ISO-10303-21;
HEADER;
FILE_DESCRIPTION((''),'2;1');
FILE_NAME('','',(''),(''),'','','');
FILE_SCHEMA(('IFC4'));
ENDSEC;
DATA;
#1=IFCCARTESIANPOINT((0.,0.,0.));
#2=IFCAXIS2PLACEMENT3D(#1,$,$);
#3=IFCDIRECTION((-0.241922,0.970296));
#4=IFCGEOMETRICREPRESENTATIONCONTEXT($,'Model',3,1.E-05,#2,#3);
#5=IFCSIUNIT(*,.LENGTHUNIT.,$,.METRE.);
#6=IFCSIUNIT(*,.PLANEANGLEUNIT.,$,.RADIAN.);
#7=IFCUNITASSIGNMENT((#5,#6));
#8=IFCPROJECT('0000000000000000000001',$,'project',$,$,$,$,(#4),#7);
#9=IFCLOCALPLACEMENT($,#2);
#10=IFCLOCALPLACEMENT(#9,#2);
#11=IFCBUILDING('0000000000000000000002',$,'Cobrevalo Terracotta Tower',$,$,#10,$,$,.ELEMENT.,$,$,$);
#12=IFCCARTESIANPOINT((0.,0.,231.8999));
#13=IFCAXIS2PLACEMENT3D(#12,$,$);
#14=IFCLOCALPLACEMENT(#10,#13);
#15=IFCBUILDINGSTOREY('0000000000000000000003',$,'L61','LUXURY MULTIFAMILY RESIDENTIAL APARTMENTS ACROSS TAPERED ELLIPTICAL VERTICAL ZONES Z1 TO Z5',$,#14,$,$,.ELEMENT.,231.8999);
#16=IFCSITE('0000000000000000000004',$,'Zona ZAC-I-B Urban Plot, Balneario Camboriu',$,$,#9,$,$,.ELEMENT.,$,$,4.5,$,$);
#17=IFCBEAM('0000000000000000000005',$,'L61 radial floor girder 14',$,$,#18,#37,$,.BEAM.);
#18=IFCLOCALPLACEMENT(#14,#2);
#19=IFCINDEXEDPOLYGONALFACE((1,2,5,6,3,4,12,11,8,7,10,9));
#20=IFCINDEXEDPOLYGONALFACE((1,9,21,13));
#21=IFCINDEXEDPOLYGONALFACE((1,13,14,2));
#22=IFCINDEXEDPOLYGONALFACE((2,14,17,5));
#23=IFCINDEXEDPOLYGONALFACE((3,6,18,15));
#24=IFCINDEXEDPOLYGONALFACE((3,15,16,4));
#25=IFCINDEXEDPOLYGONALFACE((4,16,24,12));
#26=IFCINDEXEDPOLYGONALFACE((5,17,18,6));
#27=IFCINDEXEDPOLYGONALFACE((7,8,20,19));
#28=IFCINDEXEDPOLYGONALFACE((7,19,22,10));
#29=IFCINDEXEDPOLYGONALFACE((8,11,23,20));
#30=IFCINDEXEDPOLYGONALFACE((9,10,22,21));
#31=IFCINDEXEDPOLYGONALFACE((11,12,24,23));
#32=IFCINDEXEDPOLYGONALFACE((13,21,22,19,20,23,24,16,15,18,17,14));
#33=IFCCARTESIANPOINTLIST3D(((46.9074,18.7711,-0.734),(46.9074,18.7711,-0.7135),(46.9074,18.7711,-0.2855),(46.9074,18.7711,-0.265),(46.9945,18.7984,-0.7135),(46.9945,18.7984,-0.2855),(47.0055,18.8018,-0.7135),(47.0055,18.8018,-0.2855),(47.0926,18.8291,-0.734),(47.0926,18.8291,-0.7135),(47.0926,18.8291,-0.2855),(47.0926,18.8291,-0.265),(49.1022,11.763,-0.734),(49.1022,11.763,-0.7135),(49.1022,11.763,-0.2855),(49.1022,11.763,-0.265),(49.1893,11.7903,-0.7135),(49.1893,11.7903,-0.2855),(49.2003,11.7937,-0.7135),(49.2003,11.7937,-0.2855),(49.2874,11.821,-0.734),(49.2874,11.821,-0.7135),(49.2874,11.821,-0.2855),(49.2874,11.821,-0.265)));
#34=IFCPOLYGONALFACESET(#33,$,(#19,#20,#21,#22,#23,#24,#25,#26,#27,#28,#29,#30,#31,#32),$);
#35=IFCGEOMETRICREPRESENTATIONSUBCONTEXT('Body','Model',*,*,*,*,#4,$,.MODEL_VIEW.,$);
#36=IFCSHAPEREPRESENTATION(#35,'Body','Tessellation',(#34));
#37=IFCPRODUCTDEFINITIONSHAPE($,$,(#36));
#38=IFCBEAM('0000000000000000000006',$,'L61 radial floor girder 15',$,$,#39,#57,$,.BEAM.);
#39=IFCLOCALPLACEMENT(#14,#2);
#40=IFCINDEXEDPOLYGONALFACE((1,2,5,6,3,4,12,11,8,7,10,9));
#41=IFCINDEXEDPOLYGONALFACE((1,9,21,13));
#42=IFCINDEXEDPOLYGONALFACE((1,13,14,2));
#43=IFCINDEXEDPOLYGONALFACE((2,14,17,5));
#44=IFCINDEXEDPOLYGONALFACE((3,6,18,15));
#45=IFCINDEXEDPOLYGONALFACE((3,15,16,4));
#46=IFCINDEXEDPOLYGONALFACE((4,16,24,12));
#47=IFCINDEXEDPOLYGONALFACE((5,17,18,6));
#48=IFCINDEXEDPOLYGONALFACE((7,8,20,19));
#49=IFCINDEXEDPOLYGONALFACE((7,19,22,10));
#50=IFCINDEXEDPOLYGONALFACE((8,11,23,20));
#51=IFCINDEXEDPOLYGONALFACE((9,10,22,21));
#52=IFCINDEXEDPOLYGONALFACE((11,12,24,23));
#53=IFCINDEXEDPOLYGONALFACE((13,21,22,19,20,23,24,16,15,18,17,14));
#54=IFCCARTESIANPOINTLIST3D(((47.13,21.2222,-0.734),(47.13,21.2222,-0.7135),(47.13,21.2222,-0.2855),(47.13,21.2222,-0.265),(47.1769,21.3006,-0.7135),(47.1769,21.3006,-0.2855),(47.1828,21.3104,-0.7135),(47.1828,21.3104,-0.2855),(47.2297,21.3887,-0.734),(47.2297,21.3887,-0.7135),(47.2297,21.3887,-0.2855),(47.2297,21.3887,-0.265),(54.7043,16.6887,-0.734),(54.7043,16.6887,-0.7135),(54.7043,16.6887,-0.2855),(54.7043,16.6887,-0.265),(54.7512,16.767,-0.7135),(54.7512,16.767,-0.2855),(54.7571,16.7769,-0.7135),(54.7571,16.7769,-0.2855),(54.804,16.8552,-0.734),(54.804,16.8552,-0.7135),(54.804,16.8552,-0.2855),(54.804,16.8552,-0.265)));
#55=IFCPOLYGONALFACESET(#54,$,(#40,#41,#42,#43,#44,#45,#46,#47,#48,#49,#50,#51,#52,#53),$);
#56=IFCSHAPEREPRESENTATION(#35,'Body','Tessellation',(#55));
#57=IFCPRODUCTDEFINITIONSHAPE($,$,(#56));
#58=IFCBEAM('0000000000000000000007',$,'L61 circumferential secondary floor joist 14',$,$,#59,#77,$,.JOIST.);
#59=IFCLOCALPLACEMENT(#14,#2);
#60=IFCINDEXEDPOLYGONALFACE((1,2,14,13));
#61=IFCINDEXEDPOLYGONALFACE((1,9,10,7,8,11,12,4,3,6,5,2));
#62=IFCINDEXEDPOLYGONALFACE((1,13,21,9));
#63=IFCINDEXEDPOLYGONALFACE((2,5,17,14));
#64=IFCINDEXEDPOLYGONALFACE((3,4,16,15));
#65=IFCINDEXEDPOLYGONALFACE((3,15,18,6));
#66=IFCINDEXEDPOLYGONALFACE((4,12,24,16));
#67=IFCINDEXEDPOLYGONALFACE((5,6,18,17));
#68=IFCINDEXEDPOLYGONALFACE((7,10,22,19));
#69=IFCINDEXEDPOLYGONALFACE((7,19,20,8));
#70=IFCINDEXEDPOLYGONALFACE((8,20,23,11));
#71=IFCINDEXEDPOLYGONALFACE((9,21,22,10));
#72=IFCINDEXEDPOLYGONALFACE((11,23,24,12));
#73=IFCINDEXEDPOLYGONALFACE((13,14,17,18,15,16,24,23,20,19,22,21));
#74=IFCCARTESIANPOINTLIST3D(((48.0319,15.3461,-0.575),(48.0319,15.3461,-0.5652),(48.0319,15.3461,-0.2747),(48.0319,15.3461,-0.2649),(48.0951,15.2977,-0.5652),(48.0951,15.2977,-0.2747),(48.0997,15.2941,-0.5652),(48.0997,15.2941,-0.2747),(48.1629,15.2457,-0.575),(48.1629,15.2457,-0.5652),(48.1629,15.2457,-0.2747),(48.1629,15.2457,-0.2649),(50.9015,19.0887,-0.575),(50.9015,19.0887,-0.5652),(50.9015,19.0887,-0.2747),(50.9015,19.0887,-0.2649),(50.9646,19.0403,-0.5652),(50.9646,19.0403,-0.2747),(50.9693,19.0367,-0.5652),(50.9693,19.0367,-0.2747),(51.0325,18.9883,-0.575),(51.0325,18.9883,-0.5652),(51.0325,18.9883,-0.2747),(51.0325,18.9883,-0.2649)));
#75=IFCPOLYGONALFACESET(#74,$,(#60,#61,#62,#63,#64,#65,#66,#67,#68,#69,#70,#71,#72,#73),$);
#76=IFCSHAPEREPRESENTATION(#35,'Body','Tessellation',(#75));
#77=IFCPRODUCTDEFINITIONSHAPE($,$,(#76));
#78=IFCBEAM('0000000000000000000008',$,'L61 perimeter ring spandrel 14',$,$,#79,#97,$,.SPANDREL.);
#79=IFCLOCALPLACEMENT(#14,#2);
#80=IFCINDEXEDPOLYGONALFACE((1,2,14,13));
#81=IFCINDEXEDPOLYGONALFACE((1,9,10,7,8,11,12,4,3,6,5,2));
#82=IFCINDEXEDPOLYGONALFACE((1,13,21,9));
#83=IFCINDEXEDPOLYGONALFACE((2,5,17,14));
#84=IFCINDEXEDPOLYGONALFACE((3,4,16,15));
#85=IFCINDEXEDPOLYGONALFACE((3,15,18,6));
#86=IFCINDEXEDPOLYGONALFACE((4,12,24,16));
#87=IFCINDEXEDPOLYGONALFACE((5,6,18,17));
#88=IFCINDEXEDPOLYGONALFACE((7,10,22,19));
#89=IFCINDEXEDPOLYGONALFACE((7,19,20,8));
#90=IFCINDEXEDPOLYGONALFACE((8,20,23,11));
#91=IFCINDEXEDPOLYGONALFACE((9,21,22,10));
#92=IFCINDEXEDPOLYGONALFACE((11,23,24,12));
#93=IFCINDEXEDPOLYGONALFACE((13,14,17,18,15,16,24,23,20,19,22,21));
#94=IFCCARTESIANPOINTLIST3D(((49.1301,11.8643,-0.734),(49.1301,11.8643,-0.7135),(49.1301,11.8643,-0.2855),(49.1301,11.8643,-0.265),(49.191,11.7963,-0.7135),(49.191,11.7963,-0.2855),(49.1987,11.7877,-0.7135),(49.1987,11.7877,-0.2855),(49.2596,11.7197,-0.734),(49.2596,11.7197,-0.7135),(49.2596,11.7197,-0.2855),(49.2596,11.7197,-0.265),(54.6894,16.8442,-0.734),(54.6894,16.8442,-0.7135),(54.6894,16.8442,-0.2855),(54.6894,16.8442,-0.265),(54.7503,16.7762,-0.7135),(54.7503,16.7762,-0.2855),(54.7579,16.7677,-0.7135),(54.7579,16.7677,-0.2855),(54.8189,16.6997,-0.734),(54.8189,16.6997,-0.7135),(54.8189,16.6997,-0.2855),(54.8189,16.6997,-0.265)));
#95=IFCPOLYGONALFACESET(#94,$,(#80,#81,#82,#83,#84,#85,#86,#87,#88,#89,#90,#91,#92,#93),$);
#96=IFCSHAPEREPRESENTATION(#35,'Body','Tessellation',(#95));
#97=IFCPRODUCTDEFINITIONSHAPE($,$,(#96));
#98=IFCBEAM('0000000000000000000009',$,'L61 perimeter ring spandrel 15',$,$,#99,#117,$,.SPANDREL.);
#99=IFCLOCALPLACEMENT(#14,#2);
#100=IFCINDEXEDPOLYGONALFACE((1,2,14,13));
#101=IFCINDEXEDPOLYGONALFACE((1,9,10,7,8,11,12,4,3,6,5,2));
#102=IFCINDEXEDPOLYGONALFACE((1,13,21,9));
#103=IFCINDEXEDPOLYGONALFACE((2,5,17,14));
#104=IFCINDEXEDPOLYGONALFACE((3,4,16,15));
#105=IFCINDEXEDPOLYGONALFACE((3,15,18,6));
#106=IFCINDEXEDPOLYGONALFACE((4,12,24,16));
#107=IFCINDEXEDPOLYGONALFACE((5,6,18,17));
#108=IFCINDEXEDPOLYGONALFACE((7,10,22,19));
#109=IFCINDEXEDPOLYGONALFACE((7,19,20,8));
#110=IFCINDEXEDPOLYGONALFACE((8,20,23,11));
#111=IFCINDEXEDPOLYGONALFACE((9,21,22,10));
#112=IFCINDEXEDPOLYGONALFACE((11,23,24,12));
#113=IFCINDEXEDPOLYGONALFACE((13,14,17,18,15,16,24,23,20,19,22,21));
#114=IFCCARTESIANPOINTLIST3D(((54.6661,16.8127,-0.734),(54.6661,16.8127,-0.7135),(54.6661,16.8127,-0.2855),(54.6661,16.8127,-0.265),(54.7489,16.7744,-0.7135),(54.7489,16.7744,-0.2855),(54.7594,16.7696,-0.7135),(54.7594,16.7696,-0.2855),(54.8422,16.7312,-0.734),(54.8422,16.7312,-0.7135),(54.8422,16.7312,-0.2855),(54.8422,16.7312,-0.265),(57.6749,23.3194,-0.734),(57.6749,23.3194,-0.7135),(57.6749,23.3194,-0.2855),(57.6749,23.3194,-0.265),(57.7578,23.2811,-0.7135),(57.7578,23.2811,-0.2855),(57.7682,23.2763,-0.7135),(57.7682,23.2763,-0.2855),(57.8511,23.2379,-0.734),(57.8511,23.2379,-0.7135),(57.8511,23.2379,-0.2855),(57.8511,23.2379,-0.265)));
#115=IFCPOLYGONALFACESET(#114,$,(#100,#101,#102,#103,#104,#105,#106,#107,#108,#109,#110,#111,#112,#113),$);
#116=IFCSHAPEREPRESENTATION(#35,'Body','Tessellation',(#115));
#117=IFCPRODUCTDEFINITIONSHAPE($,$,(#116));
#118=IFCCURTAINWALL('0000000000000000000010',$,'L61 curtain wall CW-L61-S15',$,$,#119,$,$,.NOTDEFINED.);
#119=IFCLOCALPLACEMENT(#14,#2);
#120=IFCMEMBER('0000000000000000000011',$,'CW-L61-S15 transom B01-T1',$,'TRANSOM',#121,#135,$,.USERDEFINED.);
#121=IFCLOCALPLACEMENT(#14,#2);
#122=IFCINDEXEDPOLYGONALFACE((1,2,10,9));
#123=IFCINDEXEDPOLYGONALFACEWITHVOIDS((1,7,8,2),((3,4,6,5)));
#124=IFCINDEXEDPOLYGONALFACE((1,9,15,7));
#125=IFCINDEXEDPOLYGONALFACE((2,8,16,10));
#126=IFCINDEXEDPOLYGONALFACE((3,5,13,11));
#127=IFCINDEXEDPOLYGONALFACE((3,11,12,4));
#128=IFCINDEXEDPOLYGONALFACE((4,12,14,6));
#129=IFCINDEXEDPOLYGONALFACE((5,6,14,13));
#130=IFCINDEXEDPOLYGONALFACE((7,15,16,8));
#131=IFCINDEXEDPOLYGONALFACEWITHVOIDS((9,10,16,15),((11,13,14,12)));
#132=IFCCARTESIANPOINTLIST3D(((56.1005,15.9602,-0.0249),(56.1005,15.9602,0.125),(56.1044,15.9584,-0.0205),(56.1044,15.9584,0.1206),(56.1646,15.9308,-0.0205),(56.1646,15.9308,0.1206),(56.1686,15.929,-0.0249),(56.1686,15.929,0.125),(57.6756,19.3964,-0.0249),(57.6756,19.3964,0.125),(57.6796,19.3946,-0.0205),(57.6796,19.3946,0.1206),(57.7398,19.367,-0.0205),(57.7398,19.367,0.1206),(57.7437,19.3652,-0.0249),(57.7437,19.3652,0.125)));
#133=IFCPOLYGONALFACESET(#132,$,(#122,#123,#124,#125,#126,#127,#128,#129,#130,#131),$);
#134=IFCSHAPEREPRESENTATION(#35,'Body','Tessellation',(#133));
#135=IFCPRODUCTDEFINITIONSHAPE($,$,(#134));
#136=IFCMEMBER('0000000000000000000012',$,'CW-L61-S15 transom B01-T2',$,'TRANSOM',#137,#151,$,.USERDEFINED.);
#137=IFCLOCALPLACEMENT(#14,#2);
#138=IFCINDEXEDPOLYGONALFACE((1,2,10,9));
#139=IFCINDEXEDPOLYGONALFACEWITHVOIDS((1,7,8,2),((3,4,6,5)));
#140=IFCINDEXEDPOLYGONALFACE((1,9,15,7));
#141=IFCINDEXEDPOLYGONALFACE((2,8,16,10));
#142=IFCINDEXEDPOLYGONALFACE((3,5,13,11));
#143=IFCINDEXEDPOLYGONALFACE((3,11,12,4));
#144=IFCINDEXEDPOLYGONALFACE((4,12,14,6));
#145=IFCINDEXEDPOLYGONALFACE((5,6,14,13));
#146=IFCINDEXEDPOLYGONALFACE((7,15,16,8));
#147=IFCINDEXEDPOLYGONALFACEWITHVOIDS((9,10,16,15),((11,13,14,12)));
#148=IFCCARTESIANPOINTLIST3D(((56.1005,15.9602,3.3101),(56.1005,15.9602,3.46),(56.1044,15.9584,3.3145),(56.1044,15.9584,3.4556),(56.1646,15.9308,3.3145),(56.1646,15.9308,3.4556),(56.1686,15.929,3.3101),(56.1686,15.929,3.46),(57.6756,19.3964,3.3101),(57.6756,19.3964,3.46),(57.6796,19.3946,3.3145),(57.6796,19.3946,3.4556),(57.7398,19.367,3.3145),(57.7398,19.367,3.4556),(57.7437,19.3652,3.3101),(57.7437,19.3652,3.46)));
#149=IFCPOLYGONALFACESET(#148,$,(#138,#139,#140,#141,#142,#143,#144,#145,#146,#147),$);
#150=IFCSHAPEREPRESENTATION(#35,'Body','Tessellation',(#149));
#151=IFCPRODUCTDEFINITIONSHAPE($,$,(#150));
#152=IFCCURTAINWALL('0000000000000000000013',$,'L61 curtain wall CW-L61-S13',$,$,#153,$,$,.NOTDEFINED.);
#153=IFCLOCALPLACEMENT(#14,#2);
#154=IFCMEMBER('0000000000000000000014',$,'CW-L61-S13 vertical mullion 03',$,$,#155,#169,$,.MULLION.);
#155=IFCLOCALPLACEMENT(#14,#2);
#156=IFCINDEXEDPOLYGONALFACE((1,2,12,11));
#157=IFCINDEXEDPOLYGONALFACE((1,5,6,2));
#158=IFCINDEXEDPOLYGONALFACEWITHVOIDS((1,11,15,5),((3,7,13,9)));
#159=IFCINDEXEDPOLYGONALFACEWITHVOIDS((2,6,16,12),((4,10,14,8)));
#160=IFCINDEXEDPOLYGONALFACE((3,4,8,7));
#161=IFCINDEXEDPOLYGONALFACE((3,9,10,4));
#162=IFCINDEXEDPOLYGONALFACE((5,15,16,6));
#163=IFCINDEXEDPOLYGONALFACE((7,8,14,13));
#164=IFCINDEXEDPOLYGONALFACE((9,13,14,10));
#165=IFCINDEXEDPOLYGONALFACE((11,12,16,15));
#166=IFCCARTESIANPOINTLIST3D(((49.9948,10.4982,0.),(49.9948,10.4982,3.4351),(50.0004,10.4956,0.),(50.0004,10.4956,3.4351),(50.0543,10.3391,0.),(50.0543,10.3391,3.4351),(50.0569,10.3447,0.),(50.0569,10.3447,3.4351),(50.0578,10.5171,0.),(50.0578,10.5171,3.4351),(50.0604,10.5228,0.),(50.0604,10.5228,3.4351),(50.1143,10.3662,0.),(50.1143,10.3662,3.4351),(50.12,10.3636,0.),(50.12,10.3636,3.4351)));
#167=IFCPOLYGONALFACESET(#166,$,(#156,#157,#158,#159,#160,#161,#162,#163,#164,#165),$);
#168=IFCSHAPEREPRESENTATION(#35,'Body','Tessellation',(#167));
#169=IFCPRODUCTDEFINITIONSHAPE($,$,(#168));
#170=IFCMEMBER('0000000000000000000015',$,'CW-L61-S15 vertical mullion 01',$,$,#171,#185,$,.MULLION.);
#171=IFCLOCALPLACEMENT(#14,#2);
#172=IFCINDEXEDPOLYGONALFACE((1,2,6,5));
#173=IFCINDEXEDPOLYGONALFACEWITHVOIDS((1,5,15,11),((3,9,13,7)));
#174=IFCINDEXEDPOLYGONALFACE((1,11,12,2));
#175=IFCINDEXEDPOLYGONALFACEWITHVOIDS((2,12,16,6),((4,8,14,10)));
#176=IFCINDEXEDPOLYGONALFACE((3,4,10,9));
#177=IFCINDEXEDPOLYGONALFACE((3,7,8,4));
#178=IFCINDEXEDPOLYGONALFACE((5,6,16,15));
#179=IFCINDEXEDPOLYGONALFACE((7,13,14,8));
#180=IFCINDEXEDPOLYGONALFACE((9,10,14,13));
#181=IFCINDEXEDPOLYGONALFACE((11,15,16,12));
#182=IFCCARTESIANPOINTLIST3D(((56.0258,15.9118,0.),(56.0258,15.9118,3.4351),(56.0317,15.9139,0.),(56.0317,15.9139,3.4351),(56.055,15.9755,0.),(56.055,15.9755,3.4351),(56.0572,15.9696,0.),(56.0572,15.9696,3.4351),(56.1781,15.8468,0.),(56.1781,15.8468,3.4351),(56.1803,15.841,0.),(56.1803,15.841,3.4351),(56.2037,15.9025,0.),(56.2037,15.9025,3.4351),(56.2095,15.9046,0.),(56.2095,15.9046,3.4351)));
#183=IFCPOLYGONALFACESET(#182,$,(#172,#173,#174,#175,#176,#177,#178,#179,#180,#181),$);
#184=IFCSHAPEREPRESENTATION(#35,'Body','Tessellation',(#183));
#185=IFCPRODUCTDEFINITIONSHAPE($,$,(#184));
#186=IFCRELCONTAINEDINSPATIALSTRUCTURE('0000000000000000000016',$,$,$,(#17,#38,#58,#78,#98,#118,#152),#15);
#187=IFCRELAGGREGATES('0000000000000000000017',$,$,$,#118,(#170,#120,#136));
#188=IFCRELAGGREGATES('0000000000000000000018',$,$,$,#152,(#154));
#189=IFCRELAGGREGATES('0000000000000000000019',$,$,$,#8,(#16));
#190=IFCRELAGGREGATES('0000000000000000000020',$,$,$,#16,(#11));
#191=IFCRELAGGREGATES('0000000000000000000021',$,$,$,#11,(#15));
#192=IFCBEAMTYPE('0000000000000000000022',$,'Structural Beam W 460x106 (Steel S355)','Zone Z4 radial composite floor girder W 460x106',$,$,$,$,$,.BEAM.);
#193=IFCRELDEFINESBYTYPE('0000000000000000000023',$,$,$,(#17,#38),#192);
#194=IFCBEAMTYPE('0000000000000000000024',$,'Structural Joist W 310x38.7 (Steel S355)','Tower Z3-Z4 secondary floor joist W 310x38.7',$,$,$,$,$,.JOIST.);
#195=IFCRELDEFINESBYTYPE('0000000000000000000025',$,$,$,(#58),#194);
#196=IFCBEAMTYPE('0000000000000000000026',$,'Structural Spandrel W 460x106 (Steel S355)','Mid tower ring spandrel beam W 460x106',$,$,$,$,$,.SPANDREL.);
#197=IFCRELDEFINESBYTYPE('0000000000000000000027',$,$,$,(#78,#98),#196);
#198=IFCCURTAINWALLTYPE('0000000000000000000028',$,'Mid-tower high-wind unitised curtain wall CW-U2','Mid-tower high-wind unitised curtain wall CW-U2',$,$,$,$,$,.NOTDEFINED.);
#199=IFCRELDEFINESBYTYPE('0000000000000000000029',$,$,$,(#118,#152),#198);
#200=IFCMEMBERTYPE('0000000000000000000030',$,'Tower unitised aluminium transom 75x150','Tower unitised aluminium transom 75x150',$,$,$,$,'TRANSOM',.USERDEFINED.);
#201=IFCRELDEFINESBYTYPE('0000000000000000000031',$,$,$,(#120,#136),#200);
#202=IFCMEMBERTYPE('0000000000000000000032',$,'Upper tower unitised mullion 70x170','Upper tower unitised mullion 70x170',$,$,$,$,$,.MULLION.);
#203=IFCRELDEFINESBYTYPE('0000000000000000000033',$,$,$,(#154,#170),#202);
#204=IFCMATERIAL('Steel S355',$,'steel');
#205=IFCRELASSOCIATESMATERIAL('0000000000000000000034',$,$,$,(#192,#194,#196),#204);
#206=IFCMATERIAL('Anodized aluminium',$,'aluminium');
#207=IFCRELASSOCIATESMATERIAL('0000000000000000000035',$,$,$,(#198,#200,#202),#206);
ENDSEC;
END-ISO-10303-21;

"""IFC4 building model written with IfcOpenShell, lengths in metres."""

from ifc_helpers import new_model, si_unit, direction, frame, origin, origin_2d, place, context, subcontext, project, spatial, hollow_rectangle, i_section, extrude, source, transform, mapped, material, material_profile, profile_set, type_object, element, aggregate, save


model = new_model("IFC4")

# Units and contexts
model_context = context("Model", 3, precision=1e-05, world=origin(), true_north=direction((-0.241922, 0.970296)))
body_context = subcontext(model_context, "Body", "Model", "MODEL_VIEW")
ifc_project = project(units=[si_unit("LENGTHUNIT", "METRE"), si_unit("PLANEANGLEUNIT", "RADIAN")], contexts=[model_context])

# Site, building, storey
site_placement = place(None, origin())
site = spatial("IfcSite", under=ifc_project, at=site_placement, Name="Zona ZAC-I-B Urban Plot, Balneario Camboriu", CompositionType="ELEMENT", RefElevation=4.5)
building_placement = place(site_placement, origin())
building = spatial("IfcBuilding", under=site, at=building_placement, Name="Cobrevalo Terracotta Tower", CompositionType="ELEMENT")
storey_placement = place(building_placement, frame((0.0, 0.0, 231.8999)))
storey = spatial("IfcBuildingStorey", under=building, at=storey_placement, Name="L61", Description="LUXURY MULTIFAMILY RESIDENTIAL APARTMENTS ACROSS TAPERED ELLIPTICAL VERTICAL ZONES Z1 TO Z5", CompositionType="ELEMENT", Elevation=231.8999)

# Shared definitions
ifc_material_1 = material(Name="Steel S355", Category="steel")

# Beams
ifc_material_profile_1 = material_profile(ifc_material_1, i_section(OverallWidth=0.1941, OverallDepth=0.469, WebThickness=0.0115, FlangeThickness=0.0205, at=origin_2d()), Name="W 460x106")
ifc_profile_set_1 = profile_set([ifc_material_profile_1], Name="Steel S355")
beam_type_1 = type_object("IfcBeamType", Name="Structural Beam W 460x106 (Steel S355)", Description="Zone Z4 radial composite floor girder W 460x106", PredefinedType="BEAM", material=ifc_profile_set_1)
beam_1_placement = place(storey_placement, frame((49.1948, 11.792, -0.4995), z_axis=(-0.298871, 0.954293, 0.0), x_axis=(-0.954293, -0.298871, 0.0)))
element("IfcBeam", 1, at=beam_1_placement, inside=storey, type_object=beam_type_1, Name="L61 radial floor girder 14", PredefinedType="BEAM", context=body_context, shape_type="SweptSolid", body=[
    extrude(i_section(OverallWidth=0.1941, OverallDepth=0.469, WebThickness=0.0115, FlangeThickness=0.0205, at=origin_2d()), origin(), (0.0, 0.0, 1.0), 7.3438),
])
beam_2_placement = place(storey_placement, frame((54.7542, 16.772, -0.4995), z_axis=(-0.858046, 0.513572, 0.0), x_axis=(-0.513572, -0.858046, 0.0)))
element("IfcBeam", 2, at=beam_2_placement, inside=storey, type_object=beam_type_1, Name="L61 radial floor girder 15", PredefinedType="BEAM", context=body_context, shape_type="SweptSolid", body=[
    extrude(i_section(OverallWidth=0.1941, OverallDepth=0.469, WebThickness=0.0115, FlangeThickness=0.0205, at=origin_2d()), origin(), (0.0, 0.0, 1.0), 8.8274),
])
ifc_material_profile_2 = material_profile(ifc_material_1, i_section(OverallWidth=0.165, OverallDepth=0.3101, WebThickness=0.0059, FlangeThickness=0.0098, at=origin_2d()), Name="W 310x38.7")
ifc_profile_set_2 = profile_set([ifc_material_profile_2], Name="Steel S355")
beam_type_2 = type_object("IfcBeamType", Name="Structural Joist W 310x38.7 (Steel S355)", Description="Tower Z3-Z4 secondary floor joist W 310x38.7", PredefinedType="JOIST", material=ifc_profile_set_2)
beam_3_placement = place(storey_placement, frame((48.0974, 15.2959, -0.4199), z_axis=(0.608464, 0.793581, 0.0), x_axis=(-0.793581, 0.608464, 0.0)))
element("IfcBeam", 3, at=beam_3_placement, inside=storey, type_object=beam_type_2, Name="L61 circumferential secondary floor joist 14", PredefinedType="JOIST", context=body_context, shape_type="SweptSolid", body=[
    extrude(i_section(OverallWidth=0.165, OverallDepth=0.3101, WebThickness=0.0059, FlangeThickness=0.0098, at=origin_2d()), origin(), (0.0, 0.0, 1.0), 4.7161),
])
ifc_material_profile_3 = material_profile(ifc_material_1, i_section(OverallWidth=0.1941, OverallDepth=0.469, WebThickness=0.0115, FlangeThickness=0.0205, at=origin_2d()), Name="W 460x106")
ifc_profile_set_3 = profile_set([ifc_material_profile_3], Name="Steel S355")
beam_type_3 = type_object("IfcBeamType", Name="Structural Spandrel W 460x106 (Steel S355)", Description="Mid tower ring spandrel beam W 460x106", PredefinedType="SPANDREL", material=ifc_profile_set_3)
beam_4_placement = place(storey_placement, frame((49.1948, 11.792, -0.4995), z_axis=(0.744852, 0.66723, 0.0), x_axis=(-0.66723, 0.744852, 0.0)))
element("IfcBeam", 4, at=beam_4_placement, inside=storey, type_object=beam_type_3, Name="L61 perimeter ring spandrel 14", PredefinedType="SPANDREL", context=body_context, shape_type="SweptSolid", body=[
    extrude(i_section(OverallWidth=0.1941, OverallDepth=0.469, WebThickness=0.0115, FlangeThickness=0.0205, at=origin_2d()), origin(), (0.0, 0.0, 1.0), 7.4636),
])
beam_5_placement = place(storey_placement, frame((54.7542, 16.772, -0.4995), z_axis=(0.419719, 0.907654, 0.0), x_axis=(-0.907654, 0.419719, 0.0)))
element("IfcBeam", 5, at=beam_5_placement, inside=storey, type_object=beam_type_3, Name="L61 perimeter ring spandrel 15", PredefinedType="SPANDREL", context=body_context, shape_type="SweptSolid", body=[
    extrude(i_section(OverallWidth=0.1941, OverallDepth=0.469, WebThickness=0.0115, FlangeThickness=0.0205, at=origin_2d()), origin(), (0.0, 0.0, 1.0), 7.1687),
])

# Curtain wall, members
ifc_material_2 = material(Name="Anodized aluminium", Category="aluminium")
curtain_wall_type = type_object("IfcCurtainWallType", Name="Mid-tower high-wind unitised curtain wall CW-U2", Description="Mid-tower high-wind unitised curtain wall CW-U2", PredefinedType="NOTDEFINED", material=ifc_material_2)
curtain_wall_1_placement = place(storey_placement, origin())
curtain_wall_1 = element("IfcCurtainWall", 6, at=curtain_wall_1_placement, inside=storey, type_object=curtain_wall_type, Name="L61 curtain wall CW-L61-S15", PredefinedType="NOTDEFINED")
ifc_material_profile_4 = material_profile(ifc_material_2, hollow_rectangle(XDim=0.075, YDim=0.1499, WallThickness=0.0044, at=origin_2d()), Name="CWT 75x150")
ifc_profile_set_4 = profile_set([ifc_material_profile_4], Name="Anodized aluminium")
member_type_1 = type_object("IfcMemberType", Name="Tower unitised aluminium transom 75x150", Description="Tower unitised aluminium transom 75x150", ElementType="TRANSOM", PredefinedType="USERDEFINED", material=ifc_profile_set_4)
shared_shape_1 = source(origin(), body_context, "Body", "SweptSolid", [
    extrude(hollow_rectangle(XDim=0.075, YDim=0.1499, WallThickness=0.0044, at=origin_2d()), origin(), (0.0, 0.0, 1.0), 3.78),
])
member_1_placement = place(storey_placement, frame((56.1345, 15.9446, 0.05), z_axis=(0.416706, 0.909041, 0.0), x_axis=(-0.909041, 0.416706, 0.0)))
member_1 = element("IfcMember", 7, at=member_1_placement, type_object=member_type_1, Name="CW-L61-S15 transom B01-T1", ObjectType="TRANSOM", PredefinedType="USERDEFINED", context=body_context, shape_type="MappedRepresentation", body=[
    mapped(shared_shape_1, transform((0.0, 0.0, 0.0), scale=1.0)),
])
member_2_placement = place(storey_placement, frame((56.1345, 15.9446, 3.385), z_axis=(0.416706, 0.909041, 0.0), x_axis=(-0.909041, 0.416706, 0.0)))
member_2 = element("IfcMember", 8, at=member_2_placement, type_object=member_type_1, Name="CW-L61-S15 transom B01-T2", ObjectType="TRANSOM", PredefinedType="USERDEFINED", context=body_context, shape_type="MappedRepresentation", body=[
    mapped(shared_shape_1, transform((0.0, 0.0, 0.0), scale=1.0)),
])

# Curtain wall, member
curtain_wall_2_placement = place(storey_placement, origin())
curtain_wall_2 = element("IfcCurtainWall", 9, at=curtain_wall_2_placement, inside=storey, type_object=curtain_wall_type, Name="L61 curtain wall CW-L61-S13", PredefinedType="NOTDEFINED")
ifc_material_profile_5 = material_profile(ifc_material_2, hollow_rectangle(XDim=0.0701, YDim=0.1699, WallThickness=0.0044, at=origin_2d()), Name="CWM 70x170")
ifc_profile_set_5 = profile_set([ifc_material_profile_5], Name="Anodized aluminium")
member_type_2 = type_object("IfcMemberType", Name="Upper tower unitised mullion 70x170", Description="Upper tower unitised mullion 70x170", PredefinedType="MULLION", material=ifc_profile_set_5)
shared_shape_2 = source(origin(), body_context, "Body", "SweptSolid", [
    extrude(hollow_rectangle(XDim=0.0701, YDim=0.1699, WallThickness=0.0044, at=origin_2d()), origin(), (0.0, 0.0, 1.0), 3.4351),
])
member_3_placement = place(storey_placement, frame((50.0574, 10.4309, 0.0), z_axis=(0.0, 0.0, 1.0), x_axis=(0.936556, 0.350518, 0.0)))
member_3 = element("IfcMember", 10, at=member_3_placement, type_object=member_type_2, Name="CW-L61-S13 vertical mullion 03", PredefinedType="MULLION", context=body_context, shape_type="MappedRepresentation", body=[
    mapped(shared_shape_2, transform((0.0, 0.0, 0.0), scale=1.0)),
])

# Member
member_4_placement = place(storey_placement, frame((56.1177, 15.9082, 0.0), z_axis=(0.0, 0.0, 1.0), x_axis=(0.416725, 0.909033, 0.0)))
member_4 = element("IfcMember", 11, at=member_4_placement, type_object=member_type_2, Name="CW-L61-S15 vertical mullion 01", PredefinedType="MULLION", context=body_context, shape_type="MappedRepresentation", body=[
    mapped(shared_shape_2, transform((0.0, 0.0, 0.0), scale=1.0)),
])

aggregate(curtain_wall_1, [member_4, member_1, member_2])
aggregate(curtain_wall_2, [member_3])

save(model, "model.ifc")
